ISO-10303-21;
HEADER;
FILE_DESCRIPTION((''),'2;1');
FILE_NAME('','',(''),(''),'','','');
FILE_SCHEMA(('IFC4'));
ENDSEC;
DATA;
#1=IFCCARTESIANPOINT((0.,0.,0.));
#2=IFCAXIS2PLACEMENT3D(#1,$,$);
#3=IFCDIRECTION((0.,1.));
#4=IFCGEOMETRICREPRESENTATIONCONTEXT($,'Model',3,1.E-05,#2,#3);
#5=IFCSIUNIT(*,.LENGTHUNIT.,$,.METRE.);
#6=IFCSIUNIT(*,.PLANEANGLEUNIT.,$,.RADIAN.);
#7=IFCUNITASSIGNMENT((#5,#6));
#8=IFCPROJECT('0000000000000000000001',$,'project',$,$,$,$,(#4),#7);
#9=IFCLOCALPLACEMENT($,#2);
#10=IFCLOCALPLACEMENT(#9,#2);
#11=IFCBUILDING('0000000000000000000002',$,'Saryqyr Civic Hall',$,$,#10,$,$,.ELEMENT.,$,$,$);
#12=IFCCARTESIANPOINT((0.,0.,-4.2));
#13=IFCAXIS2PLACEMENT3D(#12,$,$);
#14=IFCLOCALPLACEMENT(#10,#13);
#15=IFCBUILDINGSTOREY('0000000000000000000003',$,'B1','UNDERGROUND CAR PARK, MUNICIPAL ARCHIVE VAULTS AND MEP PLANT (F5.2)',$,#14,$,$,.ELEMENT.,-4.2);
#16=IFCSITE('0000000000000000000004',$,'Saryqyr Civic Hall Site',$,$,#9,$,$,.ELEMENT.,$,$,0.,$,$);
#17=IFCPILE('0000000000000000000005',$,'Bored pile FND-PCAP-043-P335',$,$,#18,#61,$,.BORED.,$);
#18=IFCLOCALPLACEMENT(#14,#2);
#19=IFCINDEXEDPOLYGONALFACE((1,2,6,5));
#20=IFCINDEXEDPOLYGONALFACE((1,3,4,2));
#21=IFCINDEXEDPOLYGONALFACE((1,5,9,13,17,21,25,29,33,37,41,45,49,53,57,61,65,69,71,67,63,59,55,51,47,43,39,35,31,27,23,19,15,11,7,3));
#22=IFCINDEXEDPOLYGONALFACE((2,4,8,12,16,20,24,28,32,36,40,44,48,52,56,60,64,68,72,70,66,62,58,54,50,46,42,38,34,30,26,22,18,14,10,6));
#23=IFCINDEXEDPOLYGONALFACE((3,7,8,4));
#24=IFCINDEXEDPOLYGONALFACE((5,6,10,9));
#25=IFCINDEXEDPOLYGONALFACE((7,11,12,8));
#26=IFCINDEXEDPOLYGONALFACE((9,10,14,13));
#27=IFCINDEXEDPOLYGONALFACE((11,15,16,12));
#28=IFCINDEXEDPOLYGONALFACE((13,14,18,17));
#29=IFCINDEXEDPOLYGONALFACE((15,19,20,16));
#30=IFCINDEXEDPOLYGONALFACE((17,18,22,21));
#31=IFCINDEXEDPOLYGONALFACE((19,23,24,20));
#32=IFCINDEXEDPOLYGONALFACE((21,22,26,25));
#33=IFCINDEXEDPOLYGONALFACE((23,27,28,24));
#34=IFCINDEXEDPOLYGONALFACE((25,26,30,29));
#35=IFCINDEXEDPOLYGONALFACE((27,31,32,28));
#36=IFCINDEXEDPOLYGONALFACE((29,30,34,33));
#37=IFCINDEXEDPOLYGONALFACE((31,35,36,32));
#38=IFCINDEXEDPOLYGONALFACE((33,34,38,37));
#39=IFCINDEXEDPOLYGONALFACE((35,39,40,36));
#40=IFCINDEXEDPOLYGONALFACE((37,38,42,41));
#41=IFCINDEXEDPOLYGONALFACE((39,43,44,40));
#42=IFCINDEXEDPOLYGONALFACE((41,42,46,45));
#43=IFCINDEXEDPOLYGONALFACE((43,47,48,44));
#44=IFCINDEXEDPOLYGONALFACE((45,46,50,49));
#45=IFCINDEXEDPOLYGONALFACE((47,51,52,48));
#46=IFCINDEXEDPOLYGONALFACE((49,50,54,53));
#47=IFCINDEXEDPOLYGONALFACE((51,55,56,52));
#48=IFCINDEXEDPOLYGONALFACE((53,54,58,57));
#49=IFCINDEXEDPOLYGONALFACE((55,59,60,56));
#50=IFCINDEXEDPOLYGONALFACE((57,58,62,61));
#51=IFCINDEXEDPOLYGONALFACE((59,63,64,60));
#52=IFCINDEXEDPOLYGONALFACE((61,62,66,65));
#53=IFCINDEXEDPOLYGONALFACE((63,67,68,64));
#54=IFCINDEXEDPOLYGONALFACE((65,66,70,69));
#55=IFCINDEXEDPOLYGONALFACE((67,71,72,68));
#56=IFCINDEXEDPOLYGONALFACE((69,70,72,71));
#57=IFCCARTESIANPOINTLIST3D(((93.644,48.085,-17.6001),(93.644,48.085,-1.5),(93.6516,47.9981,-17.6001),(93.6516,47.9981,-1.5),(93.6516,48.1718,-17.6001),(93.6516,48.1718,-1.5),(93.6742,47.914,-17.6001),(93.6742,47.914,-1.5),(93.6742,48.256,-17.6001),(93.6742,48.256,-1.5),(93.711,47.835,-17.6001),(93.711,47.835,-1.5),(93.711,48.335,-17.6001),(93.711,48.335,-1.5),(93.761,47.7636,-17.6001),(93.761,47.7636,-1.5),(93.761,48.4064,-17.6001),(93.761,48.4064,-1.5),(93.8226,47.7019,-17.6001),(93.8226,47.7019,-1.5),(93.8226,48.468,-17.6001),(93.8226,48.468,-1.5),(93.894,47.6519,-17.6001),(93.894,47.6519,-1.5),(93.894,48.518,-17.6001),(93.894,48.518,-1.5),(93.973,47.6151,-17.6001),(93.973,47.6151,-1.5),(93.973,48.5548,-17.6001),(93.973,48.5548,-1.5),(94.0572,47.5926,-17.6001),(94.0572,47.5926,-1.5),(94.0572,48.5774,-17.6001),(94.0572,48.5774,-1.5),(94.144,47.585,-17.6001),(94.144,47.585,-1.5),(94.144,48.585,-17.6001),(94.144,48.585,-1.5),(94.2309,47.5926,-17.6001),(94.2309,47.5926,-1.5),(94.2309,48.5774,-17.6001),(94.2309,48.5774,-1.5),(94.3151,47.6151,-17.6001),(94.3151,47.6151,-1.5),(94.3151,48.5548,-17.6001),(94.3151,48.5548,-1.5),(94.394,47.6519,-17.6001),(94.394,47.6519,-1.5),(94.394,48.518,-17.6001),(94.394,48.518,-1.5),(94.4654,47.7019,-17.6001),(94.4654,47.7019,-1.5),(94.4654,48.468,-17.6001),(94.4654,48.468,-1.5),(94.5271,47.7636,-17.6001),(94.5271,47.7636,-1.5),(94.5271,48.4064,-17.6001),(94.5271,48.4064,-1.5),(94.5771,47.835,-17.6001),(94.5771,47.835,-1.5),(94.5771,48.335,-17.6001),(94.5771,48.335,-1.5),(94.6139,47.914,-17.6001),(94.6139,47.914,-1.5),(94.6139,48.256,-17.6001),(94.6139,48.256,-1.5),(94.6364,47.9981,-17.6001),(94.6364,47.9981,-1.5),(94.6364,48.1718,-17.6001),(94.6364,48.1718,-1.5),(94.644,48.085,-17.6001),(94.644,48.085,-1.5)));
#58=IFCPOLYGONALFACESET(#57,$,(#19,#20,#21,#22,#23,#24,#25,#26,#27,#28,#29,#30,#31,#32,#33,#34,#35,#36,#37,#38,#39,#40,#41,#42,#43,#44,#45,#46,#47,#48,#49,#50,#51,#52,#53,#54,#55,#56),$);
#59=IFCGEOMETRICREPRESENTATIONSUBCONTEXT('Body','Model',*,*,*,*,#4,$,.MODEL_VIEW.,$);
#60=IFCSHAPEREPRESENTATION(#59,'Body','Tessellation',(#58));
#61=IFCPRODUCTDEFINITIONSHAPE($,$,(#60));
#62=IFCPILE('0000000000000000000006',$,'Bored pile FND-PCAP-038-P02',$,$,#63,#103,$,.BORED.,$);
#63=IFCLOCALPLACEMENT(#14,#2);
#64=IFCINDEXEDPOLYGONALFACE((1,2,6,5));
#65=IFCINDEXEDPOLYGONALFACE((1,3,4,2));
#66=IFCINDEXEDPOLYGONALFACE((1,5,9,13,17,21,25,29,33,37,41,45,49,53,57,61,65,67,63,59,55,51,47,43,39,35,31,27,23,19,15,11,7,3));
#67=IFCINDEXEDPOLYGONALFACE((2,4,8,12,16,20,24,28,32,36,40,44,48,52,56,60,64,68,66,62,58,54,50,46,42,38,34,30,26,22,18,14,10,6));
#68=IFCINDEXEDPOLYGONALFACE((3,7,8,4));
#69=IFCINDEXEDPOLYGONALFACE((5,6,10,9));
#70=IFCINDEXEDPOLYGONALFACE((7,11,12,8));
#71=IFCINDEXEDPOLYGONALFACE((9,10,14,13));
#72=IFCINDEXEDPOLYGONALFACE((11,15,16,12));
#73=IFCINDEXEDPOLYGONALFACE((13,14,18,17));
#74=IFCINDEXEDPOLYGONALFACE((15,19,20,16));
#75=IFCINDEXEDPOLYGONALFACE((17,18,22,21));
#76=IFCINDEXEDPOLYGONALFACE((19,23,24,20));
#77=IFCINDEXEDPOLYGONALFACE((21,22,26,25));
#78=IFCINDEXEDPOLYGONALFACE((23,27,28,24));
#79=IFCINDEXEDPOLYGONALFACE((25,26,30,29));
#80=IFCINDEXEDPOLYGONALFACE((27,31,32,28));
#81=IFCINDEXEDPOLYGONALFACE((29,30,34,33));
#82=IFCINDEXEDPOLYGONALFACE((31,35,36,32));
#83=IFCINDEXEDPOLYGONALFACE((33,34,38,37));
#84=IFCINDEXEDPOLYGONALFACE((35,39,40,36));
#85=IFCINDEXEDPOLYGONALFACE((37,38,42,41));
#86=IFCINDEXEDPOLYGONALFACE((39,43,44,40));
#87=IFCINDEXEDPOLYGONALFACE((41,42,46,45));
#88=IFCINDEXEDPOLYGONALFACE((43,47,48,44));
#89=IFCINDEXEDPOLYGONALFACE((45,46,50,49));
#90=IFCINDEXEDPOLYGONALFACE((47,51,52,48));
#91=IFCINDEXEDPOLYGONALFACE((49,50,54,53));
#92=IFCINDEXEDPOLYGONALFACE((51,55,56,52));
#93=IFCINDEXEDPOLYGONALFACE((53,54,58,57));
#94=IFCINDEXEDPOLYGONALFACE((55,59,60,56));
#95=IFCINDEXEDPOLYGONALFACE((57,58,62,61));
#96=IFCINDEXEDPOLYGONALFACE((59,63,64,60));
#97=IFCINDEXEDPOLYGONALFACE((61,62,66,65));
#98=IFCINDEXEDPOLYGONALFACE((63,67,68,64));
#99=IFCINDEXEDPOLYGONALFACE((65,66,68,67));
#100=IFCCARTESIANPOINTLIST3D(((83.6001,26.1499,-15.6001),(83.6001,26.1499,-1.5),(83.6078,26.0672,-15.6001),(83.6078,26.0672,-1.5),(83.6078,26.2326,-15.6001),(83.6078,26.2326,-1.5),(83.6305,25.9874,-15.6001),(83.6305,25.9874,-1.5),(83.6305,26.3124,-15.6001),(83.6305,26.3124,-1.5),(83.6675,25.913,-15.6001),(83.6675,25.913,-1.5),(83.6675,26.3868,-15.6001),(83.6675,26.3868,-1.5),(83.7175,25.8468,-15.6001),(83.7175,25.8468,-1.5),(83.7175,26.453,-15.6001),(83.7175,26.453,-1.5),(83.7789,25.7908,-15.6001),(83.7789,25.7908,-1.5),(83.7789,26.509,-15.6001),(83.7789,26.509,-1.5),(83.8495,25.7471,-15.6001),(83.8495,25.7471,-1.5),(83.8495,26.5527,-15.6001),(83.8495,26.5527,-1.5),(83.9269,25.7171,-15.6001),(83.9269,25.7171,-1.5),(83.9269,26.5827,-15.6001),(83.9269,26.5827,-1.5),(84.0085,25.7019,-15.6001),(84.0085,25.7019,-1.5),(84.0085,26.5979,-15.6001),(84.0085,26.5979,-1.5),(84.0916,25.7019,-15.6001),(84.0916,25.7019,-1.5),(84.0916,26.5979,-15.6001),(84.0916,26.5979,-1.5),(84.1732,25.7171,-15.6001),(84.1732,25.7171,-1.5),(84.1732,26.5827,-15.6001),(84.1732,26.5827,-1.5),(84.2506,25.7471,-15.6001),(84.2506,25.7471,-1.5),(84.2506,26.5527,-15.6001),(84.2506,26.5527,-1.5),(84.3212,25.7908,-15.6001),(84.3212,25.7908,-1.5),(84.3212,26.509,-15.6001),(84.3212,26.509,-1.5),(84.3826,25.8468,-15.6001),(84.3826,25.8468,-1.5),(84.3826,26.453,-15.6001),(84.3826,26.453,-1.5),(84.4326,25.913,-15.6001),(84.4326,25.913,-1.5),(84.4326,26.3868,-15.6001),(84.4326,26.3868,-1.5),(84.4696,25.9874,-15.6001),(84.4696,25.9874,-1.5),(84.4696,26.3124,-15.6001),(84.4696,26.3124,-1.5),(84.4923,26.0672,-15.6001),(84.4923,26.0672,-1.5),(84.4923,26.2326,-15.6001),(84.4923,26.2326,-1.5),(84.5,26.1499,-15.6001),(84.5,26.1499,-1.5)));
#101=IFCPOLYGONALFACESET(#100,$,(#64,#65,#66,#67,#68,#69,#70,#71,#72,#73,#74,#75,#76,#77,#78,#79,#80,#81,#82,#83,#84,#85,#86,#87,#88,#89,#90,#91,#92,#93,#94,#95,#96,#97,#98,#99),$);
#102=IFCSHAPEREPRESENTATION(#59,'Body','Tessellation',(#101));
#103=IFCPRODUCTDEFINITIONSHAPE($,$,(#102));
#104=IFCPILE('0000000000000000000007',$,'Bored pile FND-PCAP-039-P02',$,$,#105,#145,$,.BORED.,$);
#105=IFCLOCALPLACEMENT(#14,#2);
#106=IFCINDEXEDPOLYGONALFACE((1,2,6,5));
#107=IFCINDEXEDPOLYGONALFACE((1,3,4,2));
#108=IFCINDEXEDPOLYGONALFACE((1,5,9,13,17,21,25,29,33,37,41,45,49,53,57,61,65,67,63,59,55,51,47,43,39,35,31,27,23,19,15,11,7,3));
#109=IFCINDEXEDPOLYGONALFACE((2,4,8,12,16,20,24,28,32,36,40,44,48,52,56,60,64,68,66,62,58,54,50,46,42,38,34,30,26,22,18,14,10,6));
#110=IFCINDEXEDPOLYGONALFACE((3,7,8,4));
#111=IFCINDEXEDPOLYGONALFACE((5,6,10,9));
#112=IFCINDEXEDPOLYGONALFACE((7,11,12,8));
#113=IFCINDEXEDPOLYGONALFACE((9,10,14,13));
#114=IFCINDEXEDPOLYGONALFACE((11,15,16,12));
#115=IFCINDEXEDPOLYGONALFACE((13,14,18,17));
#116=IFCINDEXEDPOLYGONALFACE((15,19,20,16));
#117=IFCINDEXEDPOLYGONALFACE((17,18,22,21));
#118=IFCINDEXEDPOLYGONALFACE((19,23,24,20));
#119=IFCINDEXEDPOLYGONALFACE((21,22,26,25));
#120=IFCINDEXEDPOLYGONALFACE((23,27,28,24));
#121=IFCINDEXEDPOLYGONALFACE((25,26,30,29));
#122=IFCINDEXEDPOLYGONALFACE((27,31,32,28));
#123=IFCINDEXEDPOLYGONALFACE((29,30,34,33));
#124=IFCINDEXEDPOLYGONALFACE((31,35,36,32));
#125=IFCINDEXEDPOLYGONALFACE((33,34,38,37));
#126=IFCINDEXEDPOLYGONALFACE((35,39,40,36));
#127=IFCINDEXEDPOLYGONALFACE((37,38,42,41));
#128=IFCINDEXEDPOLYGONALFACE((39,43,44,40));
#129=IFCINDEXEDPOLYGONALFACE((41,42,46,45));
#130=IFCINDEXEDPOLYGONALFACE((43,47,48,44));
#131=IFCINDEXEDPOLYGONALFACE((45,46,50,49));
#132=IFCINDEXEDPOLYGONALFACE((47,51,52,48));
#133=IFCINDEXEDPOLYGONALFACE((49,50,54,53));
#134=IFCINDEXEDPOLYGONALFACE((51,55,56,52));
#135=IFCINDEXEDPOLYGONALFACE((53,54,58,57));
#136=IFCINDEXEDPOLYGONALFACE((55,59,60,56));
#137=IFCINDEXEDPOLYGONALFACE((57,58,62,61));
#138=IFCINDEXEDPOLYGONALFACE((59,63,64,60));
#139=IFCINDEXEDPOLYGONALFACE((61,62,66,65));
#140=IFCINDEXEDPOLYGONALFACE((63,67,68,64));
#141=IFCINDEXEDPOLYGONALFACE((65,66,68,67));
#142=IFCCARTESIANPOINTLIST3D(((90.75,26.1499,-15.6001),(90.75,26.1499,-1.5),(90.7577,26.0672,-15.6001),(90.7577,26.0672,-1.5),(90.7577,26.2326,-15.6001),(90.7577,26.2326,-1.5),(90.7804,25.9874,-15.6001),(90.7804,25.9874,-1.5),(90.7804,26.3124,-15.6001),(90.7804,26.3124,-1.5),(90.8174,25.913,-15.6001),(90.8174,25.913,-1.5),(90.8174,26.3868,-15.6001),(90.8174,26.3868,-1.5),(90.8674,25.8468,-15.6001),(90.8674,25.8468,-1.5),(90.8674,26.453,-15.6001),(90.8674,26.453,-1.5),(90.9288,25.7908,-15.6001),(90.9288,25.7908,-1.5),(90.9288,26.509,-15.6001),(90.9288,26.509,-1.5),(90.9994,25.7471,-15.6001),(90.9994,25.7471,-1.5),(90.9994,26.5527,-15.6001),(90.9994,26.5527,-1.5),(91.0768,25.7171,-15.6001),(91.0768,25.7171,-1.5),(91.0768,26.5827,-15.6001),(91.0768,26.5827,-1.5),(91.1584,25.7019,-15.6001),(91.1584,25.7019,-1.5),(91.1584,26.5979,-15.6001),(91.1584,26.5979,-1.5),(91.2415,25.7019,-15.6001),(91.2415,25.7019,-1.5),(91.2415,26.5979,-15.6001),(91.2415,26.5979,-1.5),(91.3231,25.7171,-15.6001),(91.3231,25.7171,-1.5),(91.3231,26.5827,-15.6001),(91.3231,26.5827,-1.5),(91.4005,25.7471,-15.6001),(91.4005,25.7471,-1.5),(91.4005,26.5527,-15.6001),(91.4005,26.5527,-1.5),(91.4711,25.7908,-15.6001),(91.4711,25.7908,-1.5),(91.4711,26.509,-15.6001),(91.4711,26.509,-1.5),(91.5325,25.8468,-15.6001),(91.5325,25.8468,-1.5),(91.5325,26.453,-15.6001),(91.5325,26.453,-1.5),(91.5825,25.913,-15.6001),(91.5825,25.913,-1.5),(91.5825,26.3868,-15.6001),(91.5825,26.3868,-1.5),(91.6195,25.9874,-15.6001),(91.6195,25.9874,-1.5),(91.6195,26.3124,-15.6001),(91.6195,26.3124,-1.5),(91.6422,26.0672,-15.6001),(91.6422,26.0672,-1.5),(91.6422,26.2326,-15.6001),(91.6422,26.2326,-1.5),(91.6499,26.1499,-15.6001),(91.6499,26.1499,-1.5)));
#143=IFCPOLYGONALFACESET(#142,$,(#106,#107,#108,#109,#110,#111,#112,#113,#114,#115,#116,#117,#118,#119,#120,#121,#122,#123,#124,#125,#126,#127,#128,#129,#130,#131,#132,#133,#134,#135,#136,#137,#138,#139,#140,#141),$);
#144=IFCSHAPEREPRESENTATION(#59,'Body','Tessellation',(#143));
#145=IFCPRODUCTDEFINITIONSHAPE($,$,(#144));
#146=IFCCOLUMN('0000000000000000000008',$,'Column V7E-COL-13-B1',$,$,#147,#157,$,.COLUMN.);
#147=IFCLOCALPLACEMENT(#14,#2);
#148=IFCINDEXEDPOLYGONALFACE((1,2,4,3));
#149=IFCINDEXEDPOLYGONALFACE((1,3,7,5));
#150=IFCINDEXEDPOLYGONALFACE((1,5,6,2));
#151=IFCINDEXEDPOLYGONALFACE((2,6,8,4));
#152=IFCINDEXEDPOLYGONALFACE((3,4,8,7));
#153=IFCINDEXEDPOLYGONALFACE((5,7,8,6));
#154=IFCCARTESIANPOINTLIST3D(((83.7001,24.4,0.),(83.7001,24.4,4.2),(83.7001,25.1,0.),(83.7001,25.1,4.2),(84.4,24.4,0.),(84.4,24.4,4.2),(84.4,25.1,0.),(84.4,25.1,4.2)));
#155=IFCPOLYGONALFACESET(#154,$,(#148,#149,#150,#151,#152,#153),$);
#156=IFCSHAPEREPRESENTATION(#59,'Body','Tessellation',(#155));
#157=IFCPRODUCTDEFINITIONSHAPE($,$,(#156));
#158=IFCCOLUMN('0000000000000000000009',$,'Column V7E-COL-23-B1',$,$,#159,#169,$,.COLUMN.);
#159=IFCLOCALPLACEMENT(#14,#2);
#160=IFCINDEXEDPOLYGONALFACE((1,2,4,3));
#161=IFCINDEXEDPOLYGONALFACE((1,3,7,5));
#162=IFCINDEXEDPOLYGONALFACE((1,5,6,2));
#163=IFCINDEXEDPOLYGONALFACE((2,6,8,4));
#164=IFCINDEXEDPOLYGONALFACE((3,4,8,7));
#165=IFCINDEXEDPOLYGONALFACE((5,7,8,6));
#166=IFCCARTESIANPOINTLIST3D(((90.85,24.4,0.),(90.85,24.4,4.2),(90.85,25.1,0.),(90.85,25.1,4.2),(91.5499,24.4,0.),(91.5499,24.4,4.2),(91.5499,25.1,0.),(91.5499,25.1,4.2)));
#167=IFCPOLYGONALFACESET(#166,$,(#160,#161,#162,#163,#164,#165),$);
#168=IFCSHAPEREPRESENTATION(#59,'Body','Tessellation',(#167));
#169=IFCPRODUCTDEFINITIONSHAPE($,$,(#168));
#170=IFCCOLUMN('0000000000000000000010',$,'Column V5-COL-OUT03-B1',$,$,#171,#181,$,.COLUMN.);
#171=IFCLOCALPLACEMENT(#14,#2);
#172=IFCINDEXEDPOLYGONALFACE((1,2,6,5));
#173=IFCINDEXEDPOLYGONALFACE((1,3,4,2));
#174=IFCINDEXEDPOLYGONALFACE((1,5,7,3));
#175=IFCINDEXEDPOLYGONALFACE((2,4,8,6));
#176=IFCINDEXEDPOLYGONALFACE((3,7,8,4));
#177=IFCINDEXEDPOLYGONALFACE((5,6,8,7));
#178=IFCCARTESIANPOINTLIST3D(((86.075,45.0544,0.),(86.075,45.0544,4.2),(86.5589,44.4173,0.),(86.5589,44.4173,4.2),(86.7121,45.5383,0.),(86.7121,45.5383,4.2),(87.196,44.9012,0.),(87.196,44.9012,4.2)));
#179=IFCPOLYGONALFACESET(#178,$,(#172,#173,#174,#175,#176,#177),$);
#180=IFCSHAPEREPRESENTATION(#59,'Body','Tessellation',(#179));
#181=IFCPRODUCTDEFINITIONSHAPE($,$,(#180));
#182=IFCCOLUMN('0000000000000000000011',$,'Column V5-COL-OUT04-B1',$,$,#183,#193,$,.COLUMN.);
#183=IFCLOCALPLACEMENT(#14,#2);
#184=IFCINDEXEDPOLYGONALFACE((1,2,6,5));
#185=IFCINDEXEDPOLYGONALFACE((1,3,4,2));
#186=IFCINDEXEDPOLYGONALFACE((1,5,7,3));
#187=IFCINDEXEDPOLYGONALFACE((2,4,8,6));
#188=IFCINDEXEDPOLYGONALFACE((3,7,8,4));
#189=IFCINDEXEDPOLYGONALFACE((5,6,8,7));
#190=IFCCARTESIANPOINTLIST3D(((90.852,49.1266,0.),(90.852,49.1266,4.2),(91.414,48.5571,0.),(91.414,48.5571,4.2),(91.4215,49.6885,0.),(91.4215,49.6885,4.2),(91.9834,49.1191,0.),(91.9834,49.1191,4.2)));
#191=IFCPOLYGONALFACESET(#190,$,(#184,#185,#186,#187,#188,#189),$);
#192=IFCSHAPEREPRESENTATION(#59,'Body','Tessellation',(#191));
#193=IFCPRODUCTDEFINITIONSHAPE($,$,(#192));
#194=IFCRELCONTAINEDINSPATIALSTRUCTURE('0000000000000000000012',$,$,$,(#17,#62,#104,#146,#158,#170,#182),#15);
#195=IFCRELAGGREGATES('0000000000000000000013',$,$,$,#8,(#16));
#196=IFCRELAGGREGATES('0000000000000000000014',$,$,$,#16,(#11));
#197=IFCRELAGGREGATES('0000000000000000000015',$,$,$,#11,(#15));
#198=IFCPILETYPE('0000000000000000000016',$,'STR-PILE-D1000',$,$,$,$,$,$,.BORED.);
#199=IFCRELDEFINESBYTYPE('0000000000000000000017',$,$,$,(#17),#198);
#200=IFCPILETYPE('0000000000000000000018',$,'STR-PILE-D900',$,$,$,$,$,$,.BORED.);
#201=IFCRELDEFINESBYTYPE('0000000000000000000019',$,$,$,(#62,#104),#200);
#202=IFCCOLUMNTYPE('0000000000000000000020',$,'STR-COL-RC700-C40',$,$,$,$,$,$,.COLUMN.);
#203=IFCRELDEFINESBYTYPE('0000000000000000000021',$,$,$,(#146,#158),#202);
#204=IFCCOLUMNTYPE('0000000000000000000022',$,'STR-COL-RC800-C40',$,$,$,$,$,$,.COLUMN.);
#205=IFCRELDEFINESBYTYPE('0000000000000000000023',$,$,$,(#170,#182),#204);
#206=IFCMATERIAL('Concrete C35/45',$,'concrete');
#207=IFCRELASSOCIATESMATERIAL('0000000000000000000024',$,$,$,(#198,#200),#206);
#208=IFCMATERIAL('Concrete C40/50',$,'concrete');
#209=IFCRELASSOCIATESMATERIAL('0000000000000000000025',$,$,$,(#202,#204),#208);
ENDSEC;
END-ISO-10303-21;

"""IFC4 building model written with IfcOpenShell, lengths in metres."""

from ifc_helpers import new_model, si_unit, direction, frame, origin, origin_2d, place, context, subcontext, project, spatial, rectangle, circle, extrude, material, material_profile, profile_set, type_object, element, save


model = new_model("IFC4")

# Units and contexts
model_context = context("Model", 3, precision=1e-05, world=origin(), true_north=direction((0.0, 1.0)))
body_context = subcontext(model_context, "Body", "Model", "MODEL_VIEW")
ifc_project = project(units=[si_unit("LENGTHUNIT", "METRE"), si_unit("PLANEANGLEUNIT", "RADIAN")], contexts=[model_context])

# Site, building, storey
site_placement = place(None, origin())
site = spatial("IfcSite", under=ifc_project, at=site_placement, Name="Saryqyr Civic Hall Site", CompositionType="ELEMENT", RefElevation=0.0)
building_placement = place(site_placement, origin())
building = spatial("IfcBuilding", under=site, at=building_placement, Name="Saryqyr Civic Hall", CompositionType="ELEMENT")
storey_placement = place(building_placement, frame((0.0, 0.0, -4.2)))
storey = spatial("IfcBuildingStorey", under=building, at=storey_placement, Name="B1", Description="UNDERGROUND CAR PARK, MUNICIPAL ARCHIVE VAULTS AND MEP PLANT (F5.2)", CompositionType="ELEMENT", Elevation=-4.2)

# Shared definitions
ifc_material_1 = material(Name="Concrete C35/45", Category="concrete")

# Piles
ifc_material_profile_1 = material_profile(ifc_material_1, circle(Radius=0.5, at=origin_2d()), Name="BORED PILE D1000")
ifc_profile_set_1 = profile_set([ifc_material_profile_1], Name="Concrete C35/45")
pile_type_1 = type_object("IfcPileType", Name="STR-PILE-D1000", PredefinedType="BORED", material=ifc_profile_set_1)
for number, where, z_axis, x_axis, name in (
    (1, (94.144, 48.085, -1.5), (0.0, 0.0, -1.0), (1.0, 0.0, 0.0), "Bored pile FND-PCAP-043-P335"),
):
    element("IfcPile", number, at=place(storey_placement, frame(where, z_axis=z_axis, x_axis=x_axis)), inside=storey, type_object=pile_type_1, Name=name, PredefinedType="BORED", context=body_context, shape_type="SweptSolid", body=[
        extrude(circle(Radius=0.5, at=origin_2d()), origin(), (0.0, 0.0, 1.0), 16.1001),
    ])
ifc_material_profile_2 = material_profile(ifc_material_1, circle(Radius=0.45, at=origin_2d()), Name="BORED PILE D900")
ifc_profile_set_2 = profile_set([ifc_material_profile_2], Name="Concrete C35/45")
pile_type_2 = type_object("IfcPileType", Name="STR-PILE-D900", PredefinedType="BORED", material=ifc_profile_set_2)
for number, where, z_axis, x_axis, name in (
    (2, (84.05, 26.1499, -1.5), (0.0, 0.0, -1.0), (1.0, 0.0, 0.0), "Bored pile FND-PCAP-038-P02"),
    (3, (91.2, 26.1499, -1.5), (0.0, 0.0, -1.0), (1.0, 0.0, 0.0), "Bored pile FND-PCAP-039-P02"),
):
    element("IfcPile", number, at=place(storey_placement, frame(where, z_axis=z_axis, x_axis=x_axis)), inside=storey, type_object=pile_type_2, Name=name, PredefinedType="BORED", context=body_context, shape_type="SweptSolid", body=[
        extrude(circle(Radius=0.45, at=origin_2d()), origin(), (0.0, 0.0, 1.0), 14.1001),
    ])

# Columns
ifc_material_2 = material(Name="Concrete C40/50", Category="concrete")
ifc_material_profile_3 = material_profile(ifc_material_2, rectangle(XDim=0.7, YDim=0.7, at=origin_2d()), Name="RC 700x700")
ifc_profile_set_3 = profile_set([ifc_material_profile_3], Name="Concrete C40/50")
column_type_1 = type_object("IfcColumnType", Name="STR-COL-RC700-C40", PredefinedType="COLUMN", material=ifc_profile_set_3)
for number, where, z_axis, x_axis, name in (
    (4, (84.05, 24.75, 0.0), (0.0, 0.0, 1.0), (1.0, 0.0, 0.0), "Column V7E-COL-13-B1"),
    (5, (91.2, 24.75, 0.0), (0.0, 0.0, 1.0), (1.0, 0.0, 0.0), "Column V7E-COL-23-B1"),
):
    element("IfcColumn", number, at=place(storey_placement, frame(where, z_axis=z_axis, x_axis=x_axis)), inside=storey, type_object=column_type_1, Name=name, PredefinedType="COLUMN", context=body_context, shape_type="SweptSolid", body=[
        extrude(rectangle(XDim=0.7, YDim=0.7, at=origin_2d()), origin(), (0.0, 0.0, 1.0), 4.2),
    ])
ifc_material_profile_4 = material_profile(ifc_material_2, rectangle(XDim=0.8, YDim=0.8, at=origin_2d()), Name="RC 800x800")
ifc_profile_set_4 = profile_set([ifc_material_profile_4], Name="Concrete C40/50")
column_type_2 = type_object("IfcColumnType", Name="STR-COL-RC800-C40", PredefinedType="COLUMN", material=ifc_profile_set_4)
for number, where, z_axis, x_axis, name in (
    (6, (86.6355, 44.9778, 0.0), (0.0, 0.0, 1.0), (0.604877, -0.796319, 0.0), "Column V5-COL-OUT03-B1"),
    (7, (91.4177, 49.1228, 0.0), (0.0, 0.0, 1.0), (0.702402, -0.711781, 0.0), "Column V5-COL-OUT04-B1"),
):
    element("IfcColumn", number, at=place(storey_placement, frame(where, z_axis=z_axis, x_axis=x_axis)), inside=storey, type_object=column_type_2, Name=name, PredefinedType="COLUMN", context=body_context, shape_type="SweptSolid", body=[
        extrude(rectangle(XDim=0.8, YDim=0.8, at=origin_2d()), origin(), (0.0, 0.0, 1.0), 4.2),
    ])

save(model, "model.ifc")
